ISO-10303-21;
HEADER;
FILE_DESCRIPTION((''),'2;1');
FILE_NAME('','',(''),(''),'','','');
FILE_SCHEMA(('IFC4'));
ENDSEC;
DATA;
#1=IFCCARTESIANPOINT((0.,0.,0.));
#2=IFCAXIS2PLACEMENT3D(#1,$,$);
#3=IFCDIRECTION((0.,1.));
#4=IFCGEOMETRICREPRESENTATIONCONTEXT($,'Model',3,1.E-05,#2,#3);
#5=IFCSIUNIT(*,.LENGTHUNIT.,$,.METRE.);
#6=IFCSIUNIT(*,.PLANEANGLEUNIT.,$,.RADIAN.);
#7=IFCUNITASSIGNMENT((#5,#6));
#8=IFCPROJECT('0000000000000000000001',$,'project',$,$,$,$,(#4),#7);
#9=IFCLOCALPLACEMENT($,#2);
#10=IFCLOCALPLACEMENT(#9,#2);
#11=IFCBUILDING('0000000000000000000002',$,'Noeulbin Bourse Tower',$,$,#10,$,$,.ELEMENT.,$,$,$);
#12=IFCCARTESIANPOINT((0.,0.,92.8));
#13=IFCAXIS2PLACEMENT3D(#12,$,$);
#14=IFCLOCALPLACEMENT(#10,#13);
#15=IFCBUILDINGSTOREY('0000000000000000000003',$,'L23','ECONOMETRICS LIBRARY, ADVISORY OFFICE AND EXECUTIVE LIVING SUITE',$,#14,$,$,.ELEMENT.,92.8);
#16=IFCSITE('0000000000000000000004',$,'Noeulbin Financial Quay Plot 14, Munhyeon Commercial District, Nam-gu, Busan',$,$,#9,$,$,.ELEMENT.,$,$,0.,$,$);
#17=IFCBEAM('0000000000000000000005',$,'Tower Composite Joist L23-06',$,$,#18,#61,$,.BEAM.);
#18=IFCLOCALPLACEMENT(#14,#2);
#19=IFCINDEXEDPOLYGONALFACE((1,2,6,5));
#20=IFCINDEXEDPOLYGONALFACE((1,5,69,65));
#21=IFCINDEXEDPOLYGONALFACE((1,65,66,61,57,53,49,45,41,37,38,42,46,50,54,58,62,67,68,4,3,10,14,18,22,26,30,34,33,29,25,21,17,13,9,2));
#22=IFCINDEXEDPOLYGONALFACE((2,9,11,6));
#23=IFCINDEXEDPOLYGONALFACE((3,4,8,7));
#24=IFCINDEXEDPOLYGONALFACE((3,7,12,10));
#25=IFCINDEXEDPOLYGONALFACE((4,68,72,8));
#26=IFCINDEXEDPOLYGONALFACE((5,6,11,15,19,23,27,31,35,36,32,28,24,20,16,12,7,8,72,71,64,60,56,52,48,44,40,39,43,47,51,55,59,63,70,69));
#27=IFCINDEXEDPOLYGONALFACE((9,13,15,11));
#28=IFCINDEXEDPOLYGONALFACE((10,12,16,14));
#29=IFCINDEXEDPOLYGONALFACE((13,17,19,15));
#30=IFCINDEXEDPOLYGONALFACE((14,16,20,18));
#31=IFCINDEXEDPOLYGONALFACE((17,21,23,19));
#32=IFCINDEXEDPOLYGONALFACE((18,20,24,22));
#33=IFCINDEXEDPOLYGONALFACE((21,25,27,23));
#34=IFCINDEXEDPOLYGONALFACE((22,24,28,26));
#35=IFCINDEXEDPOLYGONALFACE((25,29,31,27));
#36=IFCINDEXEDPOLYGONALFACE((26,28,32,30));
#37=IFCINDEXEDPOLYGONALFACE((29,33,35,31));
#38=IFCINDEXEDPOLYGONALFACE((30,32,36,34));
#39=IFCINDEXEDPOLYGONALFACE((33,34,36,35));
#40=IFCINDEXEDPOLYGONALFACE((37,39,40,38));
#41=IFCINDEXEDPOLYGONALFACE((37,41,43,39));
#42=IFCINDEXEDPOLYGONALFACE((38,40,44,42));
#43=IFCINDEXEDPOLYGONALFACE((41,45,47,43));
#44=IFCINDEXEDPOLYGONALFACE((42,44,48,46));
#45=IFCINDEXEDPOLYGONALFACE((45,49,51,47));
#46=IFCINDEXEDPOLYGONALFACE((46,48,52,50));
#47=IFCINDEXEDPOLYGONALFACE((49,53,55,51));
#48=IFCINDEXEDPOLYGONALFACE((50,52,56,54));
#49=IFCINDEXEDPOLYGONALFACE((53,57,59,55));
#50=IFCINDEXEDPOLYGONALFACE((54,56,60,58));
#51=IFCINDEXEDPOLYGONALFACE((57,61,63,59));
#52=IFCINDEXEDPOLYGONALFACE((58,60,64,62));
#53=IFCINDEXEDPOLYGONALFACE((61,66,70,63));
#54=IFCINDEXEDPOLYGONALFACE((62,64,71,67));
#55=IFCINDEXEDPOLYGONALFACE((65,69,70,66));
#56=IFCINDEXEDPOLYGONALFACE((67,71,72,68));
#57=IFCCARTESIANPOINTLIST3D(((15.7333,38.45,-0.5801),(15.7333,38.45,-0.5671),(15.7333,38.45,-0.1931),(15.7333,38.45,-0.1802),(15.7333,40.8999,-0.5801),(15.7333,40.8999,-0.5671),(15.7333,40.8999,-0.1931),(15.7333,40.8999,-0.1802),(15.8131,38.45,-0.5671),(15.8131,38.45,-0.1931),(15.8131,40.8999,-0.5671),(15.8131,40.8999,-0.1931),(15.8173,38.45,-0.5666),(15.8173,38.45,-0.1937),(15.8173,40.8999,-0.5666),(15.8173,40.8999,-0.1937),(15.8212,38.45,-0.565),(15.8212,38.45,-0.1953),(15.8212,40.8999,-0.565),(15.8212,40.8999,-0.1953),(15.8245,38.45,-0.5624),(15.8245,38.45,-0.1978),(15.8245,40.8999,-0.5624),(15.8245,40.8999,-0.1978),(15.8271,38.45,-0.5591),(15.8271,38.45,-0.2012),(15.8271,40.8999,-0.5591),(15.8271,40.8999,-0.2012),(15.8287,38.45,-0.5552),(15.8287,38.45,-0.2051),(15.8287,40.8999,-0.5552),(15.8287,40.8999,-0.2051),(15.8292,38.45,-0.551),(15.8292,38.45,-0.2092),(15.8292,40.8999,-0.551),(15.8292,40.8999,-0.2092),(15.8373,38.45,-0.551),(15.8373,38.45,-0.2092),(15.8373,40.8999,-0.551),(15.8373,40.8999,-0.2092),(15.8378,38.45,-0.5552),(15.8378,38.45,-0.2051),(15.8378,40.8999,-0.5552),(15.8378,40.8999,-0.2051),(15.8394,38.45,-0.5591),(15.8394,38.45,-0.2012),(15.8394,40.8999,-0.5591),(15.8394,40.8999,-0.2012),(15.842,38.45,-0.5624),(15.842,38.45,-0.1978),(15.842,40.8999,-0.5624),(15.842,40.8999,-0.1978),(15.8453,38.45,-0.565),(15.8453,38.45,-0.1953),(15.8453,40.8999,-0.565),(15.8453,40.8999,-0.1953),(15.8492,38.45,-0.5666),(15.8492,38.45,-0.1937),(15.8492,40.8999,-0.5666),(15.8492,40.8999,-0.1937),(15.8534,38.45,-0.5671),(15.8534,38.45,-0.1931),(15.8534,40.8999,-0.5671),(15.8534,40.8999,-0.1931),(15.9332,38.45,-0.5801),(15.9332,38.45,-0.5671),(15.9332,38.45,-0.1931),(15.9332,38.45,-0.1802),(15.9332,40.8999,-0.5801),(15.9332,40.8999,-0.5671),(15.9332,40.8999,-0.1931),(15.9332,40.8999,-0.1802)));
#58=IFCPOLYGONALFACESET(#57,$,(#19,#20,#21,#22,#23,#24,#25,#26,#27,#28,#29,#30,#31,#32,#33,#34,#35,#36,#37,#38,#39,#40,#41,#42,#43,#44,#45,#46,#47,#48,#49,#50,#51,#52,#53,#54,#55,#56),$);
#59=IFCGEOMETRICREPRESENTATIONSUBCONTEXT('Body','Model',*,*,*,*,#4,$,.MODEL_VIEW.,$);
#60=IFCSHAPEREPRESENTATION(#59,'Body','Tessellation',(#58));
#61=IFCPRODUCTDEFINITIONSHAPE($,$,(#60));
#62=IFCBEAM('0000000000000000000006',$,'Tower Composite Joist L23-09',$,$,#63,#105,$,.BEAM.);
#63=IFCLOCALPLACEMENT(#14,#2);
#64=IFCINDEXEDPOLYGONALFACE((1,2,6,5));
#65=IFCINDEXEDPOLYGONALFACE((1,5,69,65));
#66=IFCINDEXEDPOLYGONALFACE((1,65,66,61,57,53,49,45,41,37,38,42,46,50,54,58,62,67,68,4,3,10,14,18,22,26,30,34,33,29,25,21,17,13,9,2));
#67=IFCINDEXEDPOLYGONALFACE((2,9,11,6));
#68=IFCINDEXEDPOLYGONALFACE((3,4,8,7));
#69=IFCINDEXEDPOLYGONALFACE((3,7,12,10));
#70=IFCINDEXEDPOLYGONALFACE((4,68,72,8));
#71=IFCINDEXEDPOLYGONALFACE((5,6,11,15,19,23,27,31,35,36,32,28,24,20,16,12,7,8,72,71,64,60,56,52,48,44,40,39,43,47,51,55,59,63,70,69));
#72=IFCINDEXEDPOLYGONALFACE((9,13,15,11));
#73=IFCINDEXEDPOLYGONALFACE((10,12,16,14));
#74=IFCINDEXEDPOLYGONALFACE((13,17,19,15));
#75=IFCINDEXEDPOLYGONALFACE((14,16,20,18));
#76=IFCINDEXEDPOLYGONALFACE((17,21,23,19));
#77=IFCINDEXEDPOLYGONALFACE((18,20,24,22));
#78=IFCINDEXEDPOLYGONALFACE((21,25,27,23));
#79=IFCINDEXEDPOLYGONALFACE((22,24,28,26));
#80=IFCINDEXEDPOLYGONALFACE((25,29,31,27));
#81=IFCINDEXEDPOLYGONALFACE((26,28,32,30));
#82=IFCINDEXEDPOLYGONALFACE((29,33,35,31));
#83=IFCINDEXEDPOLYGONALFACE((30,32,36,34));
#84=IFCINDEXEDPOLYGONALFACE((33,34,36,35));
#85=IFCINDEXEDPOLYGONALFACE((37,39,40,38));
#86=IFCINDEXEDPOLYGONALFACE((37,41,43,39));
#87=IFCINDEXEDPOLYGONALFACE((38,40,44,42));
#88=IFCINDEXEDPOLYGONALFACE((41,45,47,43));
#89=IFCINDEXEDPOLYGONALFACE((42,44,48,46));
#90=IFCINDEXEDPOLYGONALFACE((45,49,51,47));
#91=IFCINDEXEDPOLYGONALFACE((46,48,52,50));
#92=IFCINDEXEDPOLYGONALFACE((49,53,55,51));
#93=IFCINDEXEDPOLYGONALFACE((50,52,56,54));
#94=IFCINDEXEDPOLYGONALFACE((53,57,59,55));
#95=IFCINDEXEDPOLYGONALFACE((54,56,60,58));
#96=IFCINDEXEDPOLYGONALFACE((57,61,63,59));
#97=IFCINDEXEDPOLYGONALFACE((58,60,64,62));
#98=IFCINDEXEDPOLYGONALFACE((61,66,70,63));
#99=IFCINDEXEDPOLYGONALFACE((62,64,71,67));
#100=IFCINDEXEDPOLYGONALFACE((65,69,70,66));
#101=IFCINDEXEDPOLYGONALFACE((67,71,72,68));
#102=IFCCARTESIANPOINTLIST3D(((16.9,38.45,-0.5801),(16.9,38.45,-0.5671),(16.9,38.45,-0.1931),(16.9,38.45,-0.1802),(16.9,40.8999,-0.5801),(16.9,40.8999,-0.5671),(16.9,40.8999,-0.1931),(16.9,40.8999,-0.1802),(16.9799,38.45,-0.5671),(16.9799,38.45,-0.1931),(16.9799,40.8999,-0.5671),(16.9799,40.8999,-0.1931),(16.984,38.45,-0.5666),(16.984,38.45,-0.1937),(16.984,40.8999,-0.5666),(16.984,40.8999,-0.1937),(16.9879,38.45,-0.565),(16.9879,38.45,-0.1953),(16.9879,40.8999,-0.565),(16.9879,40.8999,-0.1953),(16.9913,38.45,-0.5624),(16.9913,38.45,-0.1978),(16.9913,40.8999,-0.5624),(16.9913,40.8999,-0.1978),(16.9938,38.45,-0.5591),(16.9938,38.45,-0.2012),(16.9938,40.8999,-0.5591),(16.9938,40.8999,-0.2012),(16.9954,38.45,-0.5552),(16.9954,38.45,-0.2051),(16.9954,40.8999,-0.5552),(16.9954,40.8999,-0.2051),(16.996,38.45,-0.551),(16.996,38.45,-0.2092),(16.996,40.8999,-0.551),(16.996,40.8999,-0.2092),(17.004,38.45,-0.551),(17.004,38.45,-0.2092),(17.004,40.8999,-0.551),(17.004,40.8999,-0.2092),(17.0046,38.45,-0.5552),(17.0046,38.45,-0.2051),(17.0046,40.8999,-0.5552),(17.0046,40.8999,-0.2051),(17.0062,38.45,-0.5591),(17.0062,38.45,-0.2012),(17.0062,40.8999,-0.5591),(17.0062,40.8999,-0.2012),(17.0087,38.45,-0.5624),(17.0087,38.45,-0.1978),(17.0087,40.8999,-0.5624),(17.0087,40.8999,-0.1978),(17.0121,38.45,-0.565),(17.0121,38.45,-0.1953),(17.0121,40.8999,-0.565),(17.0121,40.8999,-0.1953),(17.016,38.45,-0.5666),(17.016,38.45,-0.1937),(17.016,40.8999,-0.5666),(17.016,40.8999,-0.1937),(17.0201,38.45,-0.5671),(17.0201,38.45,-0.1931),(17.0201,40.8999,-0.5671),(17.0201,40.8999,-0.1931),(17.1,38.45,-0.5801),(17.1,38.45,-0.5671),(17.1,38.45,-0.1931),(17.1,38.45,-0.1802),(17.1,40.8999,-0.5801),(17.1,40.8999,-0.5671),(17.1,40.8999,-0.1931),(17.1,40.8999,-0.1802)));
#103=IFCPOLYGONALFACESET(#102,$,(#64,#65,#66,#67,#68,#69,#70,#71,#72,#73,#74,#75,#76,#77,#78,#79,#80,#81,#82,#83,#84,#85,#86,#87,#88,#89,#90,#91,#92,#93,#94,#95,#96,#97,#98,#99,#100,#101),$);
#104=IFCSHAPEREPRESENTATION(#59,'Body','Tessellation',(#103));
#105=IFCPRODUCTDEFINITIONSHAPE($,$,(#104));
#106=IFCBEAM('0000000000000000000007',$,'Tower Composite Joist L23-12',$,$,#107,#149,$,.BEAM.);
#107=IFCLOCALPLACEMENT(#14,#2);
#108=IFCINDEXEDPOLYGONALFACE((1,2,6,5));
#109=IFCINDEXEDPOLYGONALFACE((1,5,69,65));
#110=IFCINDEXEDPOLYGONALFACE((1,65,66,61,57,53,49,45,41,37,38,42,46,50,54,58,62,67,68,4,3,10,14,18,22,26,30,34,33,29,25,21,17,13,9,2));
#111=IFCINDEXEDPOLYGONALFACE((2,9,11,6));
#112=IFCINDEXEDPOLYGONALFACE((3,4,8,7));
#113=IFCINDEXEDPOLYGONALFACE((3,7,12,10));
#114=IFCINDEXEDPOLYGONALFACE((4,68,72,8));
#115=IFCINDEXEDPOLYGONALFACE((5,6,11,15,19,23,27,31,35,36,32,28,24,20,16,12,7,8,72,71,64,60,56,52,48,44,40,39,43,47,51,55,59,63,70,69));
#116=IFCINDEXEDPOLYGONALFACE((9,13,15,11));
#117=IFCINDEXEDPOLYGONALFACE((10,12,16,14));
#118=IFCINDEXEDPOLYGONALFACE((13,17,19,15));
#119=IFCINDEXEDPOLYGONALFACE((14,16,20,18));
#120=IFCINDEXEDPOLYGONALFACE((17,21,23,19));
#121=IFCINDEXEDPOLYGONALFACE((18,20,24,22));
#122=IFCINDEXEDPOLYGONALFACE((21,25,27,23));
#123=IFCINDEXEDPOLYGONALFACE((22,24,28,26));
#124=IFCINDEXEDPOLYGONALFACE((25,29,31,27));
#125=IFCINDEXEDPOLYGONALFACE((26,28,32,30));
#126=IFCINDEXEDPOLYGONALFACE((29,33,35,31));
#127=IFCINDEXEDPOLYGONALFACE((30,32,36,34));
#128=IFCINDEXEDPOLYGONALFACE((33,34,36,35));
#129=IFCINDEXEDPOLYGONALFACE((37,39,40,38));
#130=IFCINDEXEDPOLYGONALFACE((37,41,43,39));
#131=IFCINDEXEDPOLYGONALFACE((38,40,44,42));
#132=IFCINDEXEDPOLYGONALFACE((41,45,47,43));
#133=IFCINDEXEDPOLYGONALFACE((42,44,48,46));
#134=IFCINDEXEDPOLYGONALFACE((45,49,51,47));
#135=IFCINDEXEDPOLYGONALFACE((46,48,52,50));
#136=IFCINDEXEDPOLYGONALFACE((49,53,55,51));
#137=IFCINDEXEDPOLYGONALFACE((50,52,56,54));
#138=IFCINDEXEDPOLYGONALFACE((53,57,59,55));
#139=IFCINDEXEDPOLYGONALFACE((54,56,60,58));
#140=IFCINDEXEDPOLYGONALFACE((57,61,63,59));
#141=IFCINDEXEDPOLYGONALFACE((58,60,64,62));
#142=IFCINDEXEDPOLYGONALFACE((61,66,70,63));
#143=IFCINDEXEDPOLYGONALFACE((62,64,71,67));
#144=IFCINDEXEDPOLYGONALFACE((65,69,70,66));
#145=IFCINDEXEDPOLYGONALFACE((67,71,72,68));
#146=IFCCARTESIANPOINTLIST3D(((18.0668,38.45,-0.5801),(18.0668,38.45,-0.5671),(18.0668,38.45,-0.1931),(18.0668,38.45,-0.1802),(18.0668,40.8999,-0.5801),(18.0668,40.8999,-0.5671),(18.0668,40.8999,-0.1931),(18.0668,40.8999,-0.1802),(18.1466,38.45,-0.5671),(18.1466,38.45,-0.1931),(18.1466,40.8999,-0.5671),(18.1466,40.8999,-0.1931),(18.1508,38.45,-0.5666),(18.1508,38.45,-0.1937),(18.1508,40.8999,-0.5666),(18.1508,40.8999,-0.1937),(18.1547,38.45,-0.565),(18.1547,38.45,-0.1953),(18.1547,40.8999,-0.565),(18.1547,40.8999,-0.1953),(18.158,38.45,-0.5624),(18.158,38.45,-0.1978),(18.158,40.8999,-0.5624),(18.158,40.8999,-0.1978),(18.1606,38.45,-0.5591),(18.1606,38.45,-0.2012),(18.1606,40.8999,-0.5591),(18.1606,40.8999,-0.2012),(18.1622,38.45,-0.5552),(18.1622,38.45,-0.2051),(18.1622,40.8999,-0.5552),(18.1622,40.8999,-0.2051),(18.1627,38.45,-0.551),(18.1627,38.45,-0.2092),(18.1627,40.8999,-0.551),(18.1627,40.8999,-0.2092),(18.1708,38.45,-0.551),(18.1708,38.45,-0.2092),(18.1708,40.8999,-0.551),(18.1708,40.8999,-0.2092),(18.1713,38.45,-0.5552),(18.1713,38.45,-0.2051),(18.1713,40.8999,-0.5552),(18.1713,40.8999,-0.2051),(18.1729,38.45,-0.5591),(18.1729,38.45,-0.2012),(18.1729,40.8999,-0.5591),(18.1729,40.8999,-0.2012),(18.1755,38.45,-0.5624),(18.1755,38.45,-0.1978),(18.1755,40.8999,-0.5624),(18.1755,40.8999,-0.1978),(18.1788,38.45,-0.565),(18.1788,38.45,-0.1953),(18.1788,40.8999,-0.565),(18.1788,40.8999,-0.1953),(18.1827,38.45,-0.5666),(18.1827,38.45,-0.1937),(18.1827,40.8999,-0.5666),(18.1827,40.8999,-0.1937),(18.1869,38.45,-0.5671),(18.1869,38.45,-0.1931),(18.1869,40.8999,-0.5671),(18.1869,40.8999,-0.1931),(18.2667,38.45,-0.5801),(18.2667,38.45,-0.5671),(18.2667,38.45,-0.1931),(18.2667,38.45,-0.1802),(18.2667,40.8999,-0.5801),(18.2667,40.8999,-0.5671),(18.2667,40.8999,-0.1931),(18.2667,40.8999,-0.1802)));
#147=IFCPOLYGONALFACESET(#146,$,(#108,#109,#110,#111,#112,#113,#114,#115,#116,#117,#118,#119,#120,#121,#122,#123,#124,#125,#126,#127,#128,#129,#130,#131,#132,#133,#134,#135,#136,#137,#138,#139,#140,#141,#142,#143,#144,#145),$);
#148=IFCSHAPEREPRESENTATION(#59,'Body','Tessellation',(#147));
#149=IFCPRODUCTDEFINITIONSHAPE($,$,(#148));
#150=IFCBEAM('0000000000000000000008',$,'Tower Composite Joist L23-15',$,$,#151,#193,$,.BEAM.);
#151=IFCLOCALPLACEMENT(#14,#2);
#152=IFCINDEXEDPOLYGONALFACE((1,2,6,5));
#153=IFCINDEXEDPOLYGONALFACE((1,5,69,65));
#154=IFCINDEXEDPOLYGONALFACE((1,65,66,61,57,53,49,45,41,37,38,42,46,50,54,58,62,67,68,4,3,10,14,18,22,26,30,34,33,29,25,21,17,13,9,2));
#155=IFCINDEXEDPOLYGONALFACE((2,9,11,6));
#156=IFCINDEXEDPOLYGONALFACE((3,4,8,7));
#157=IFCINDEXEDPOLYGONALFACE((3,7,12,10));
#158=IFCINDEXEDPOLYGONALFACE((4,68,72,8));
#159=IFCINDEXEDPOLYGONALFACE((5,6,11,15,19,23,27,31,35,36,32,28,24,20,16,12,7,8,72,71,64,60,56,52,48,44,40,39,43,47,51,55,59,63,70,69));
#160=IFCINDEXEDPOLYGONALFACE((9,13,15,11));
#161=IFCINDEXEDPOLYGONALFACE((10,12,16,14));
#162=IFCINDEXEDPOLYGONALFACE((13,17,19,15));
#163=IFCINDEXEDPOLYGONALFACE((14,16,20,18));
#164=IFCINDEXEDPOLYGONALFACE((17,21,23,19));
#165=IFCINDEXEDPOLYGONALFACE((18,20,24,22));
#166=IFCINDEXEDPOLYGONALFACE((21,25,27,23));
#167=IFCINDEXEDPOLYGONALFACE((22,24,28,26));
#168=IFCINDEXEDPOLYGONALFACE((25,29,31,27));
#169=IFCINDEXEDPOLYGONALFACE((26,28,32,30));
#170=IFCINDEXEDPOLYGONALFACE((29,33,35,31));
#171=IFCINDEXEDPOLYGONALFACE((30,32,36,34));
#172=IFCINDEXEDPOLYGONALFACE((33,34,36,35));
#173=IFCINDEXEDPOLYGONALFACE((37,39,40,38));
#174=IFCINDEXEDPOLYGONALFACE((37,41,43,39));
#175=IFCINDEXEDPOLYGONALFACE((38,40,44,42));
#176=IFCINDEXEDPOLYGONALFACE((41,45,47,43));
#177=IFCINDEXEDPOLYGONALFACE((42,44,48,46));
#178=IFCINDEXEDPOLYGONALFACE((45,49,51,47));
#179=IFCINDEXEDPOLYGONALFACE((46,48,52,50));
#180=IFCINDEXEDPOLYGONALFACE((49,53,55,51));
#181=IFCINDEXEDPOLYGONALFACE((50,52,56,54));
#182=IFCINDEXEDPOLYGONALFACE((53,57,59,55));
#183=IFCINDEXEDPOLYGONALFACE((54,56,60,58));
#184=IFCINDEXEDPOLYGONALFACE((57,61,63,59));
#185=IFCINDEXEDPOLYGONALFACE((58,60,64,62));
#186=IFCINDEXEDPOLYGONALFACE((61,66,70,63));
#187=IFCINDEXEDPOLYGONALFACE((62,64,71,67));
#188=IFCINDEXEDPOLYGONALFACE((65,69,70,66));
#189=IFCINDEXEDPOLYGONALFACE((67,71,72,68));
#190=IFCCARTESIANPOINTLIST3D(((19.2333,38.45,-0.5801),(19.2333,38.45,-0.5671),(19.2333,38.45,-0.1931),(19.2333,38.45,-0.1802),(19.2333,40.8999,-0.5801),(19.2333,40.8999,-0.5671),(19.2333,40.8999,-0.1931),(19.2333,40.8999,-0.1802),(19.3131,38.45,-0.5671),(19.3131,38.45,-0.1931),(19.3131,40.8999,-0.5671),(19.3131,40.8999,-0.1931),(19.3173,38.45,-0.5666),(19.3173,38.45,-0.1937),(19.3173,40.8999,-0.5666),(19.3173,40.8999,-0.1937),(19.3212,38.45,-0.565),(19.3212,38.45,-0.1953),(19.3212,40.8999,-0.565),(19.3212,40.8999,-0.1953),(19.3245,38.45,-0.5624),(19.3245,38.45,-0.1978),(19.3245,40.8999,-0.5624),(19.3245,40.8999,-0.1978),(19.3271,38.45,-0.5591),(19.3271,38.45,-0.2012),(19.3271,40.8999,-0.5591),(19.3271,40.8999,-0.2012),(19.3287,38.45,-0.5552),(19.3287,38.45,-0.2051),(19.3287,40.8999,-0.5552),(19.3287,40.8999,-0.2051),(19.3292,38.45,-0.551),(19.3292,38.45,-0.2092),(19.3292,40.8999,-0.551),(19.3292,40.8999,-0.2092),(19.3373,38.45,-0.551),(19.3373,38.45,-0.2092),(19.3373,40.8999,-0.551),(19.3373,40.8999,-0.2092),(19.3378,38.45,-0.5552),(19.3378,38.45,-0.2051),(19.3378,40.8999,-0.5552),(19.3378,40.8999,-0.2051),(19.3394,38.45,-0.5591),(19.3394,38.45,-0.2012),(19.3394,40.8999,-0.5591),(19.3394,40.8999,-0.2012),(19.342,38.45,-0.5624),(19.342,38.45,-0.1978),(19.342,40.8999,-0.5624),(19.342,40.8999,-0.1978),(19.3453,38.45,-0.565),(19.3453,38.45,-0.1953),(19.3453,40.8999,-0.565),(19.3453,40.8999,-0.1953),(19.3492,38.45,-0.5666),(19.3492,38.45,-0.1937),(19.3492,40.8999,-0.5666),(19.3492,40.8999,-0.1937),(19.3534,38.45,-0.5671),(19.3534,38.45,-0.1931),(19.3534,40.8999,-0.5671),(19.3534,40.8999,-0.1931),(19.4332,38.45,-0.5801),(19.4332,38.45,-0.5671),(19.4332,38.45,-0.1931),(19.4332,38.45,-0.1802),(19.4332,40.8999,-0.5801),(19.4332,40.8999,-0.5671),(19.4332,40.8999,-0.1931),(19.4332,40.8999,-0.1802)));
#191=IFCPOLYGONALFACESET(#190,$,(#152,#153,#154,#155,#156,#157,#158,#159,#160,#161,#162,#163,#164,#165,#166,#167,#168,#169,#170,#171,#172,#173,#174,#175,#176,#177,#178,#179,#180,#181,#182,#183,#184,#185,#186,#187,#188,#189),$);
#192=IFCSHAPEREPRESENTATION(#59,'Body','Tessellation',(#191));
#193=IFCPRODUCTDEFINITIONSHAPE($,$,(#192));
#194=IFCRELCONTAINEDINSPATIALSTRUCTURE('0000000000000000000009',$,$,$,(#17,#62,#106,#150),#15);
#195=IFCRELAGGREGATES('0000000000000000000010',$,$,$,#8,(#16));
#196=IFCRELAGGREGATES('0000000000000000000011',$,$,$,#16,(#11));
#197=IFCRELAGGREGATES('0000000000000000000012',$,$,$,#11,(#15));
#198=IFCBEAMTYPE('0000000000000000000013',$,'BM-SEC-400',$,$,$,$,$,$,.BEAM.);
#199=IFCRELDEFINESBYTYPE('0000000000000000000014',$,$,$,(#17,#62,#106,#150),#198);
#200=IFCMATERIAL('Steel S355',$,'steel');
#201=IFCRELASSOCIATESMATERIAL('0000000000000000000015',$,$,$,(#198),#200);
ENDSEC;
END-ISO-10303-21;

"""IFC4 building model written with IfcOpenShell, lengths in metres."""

from ifc_helpers import new_model, si_unit, direction, frame, origin, origin_2d, place, context, subcontext, project, spatial, i_section, extrude, material, material_profile, profile_set, type_object, element, save


model = new_model("IFC4")

# Units and contexts
model_context = context("Model", 3, precision=1e-05, world=origin(), true_north=direction((0.0, 1.0)))
body_context = subcontext(model_context, "Body", "Model", "MODEL_VIEW")
ifc_project = project(units=[si_unit("LENGTHUNIT", "METRE"), si_unit("PLANEANGLEUNIT", "RADIAN")], contexts=[model_context])

# Site, building, storey
site_placement = place(None, origin())
site = spatial("IfcSite", under=ifc_project, at=site_placement, Name="Noeulbin Financial Quay Plot 14, Munhyeon Commercial District, Nam-gu, Busan", CompositionType="ELEMENT", RefElevation=0.0)
building_placement = place(site_placement, origin())
building = spatial("IfcBuilding", under=site, at=building_placement, Name="Noeulbin Bourse Tower", CompositionType="ELEMENT")
storey_placement = place(building_placement, frame((0.0, 0.0, 92.8)))
storey = spatial("IfcBuildingStorey", under=building, at=storey_placement, Name="L23", Description="ECONOMETRICS LIBRARY, ADVISORY OFFICE AND EXECUTIVE LIVING SUITE", CompositionType="ELEMENT", Elevation=92.8)

# Beams
ifc_material_1 = material(Name="Steel S355", Category="steel")
ifc_material_profile_1 = material_profile(ifc_material_1, i_section(OverallWidth=0.2, OverallDepth=0.3999, WebThickness=0.0081, FlangeThickness=0.0129, FilletRadius=0.0161, at=origin_2d()), Name="H-400x200x8x13", Category="LoadBearing")
ifc_profile_set_1 = profile_set([ifc_material_profile_1], Name="Steel S355")
beam_type = type_object("IfcBeamType", Name="BM-SEC-400", PredefinedType="BEAM", material=ifc_profile_set_1)
for number, where, z_axis, x_axis, name in (
    (1, (15.8333, 38.45, -0.3801), (0.0, 1.0, 0.0), (-1.0, 0.0, 0.0), "Tower Composite Joist L23-06"),
    (2, (17.0, 38.45, -0.3801), (0.0, 1.0, 0.0), (-1.0, 0.0, 0.0), "Tower Composite Joist L23-09"),
    (3, (18.1667, 38.45, -0.3801), (0.0, 1.0, 0.0), (-1.0, 0.0, 0.0), "Tower Composite Joist L23-12"),
    (4, (19.3333, 38.45, -0.3801), (0.0, 1.0, 0.0), (-1.0, 0.0, 0.0), "Tower Composite Joist L23-15"),
):
    element("IfcBeam", number, at=place(storey_placement, frame(where, z_axis=z_axis, x_axis=x_axis)), inside=storey, type_object=beam_type, Name=name, PredefinedType="BEAM", context=body_context, shape_type="SweptSolid", body=[
        extrude(i_section(OverallWidth=0.2, OverallDepth=0.3999, WebThickness=0.0081, FlangeThickness=0.0129, FilletRadius=0.0161, at=origin_2d()), origin(), (0.0, 0.0, 1.0), 2.45),
    ])

save(model, "model.ifc")
